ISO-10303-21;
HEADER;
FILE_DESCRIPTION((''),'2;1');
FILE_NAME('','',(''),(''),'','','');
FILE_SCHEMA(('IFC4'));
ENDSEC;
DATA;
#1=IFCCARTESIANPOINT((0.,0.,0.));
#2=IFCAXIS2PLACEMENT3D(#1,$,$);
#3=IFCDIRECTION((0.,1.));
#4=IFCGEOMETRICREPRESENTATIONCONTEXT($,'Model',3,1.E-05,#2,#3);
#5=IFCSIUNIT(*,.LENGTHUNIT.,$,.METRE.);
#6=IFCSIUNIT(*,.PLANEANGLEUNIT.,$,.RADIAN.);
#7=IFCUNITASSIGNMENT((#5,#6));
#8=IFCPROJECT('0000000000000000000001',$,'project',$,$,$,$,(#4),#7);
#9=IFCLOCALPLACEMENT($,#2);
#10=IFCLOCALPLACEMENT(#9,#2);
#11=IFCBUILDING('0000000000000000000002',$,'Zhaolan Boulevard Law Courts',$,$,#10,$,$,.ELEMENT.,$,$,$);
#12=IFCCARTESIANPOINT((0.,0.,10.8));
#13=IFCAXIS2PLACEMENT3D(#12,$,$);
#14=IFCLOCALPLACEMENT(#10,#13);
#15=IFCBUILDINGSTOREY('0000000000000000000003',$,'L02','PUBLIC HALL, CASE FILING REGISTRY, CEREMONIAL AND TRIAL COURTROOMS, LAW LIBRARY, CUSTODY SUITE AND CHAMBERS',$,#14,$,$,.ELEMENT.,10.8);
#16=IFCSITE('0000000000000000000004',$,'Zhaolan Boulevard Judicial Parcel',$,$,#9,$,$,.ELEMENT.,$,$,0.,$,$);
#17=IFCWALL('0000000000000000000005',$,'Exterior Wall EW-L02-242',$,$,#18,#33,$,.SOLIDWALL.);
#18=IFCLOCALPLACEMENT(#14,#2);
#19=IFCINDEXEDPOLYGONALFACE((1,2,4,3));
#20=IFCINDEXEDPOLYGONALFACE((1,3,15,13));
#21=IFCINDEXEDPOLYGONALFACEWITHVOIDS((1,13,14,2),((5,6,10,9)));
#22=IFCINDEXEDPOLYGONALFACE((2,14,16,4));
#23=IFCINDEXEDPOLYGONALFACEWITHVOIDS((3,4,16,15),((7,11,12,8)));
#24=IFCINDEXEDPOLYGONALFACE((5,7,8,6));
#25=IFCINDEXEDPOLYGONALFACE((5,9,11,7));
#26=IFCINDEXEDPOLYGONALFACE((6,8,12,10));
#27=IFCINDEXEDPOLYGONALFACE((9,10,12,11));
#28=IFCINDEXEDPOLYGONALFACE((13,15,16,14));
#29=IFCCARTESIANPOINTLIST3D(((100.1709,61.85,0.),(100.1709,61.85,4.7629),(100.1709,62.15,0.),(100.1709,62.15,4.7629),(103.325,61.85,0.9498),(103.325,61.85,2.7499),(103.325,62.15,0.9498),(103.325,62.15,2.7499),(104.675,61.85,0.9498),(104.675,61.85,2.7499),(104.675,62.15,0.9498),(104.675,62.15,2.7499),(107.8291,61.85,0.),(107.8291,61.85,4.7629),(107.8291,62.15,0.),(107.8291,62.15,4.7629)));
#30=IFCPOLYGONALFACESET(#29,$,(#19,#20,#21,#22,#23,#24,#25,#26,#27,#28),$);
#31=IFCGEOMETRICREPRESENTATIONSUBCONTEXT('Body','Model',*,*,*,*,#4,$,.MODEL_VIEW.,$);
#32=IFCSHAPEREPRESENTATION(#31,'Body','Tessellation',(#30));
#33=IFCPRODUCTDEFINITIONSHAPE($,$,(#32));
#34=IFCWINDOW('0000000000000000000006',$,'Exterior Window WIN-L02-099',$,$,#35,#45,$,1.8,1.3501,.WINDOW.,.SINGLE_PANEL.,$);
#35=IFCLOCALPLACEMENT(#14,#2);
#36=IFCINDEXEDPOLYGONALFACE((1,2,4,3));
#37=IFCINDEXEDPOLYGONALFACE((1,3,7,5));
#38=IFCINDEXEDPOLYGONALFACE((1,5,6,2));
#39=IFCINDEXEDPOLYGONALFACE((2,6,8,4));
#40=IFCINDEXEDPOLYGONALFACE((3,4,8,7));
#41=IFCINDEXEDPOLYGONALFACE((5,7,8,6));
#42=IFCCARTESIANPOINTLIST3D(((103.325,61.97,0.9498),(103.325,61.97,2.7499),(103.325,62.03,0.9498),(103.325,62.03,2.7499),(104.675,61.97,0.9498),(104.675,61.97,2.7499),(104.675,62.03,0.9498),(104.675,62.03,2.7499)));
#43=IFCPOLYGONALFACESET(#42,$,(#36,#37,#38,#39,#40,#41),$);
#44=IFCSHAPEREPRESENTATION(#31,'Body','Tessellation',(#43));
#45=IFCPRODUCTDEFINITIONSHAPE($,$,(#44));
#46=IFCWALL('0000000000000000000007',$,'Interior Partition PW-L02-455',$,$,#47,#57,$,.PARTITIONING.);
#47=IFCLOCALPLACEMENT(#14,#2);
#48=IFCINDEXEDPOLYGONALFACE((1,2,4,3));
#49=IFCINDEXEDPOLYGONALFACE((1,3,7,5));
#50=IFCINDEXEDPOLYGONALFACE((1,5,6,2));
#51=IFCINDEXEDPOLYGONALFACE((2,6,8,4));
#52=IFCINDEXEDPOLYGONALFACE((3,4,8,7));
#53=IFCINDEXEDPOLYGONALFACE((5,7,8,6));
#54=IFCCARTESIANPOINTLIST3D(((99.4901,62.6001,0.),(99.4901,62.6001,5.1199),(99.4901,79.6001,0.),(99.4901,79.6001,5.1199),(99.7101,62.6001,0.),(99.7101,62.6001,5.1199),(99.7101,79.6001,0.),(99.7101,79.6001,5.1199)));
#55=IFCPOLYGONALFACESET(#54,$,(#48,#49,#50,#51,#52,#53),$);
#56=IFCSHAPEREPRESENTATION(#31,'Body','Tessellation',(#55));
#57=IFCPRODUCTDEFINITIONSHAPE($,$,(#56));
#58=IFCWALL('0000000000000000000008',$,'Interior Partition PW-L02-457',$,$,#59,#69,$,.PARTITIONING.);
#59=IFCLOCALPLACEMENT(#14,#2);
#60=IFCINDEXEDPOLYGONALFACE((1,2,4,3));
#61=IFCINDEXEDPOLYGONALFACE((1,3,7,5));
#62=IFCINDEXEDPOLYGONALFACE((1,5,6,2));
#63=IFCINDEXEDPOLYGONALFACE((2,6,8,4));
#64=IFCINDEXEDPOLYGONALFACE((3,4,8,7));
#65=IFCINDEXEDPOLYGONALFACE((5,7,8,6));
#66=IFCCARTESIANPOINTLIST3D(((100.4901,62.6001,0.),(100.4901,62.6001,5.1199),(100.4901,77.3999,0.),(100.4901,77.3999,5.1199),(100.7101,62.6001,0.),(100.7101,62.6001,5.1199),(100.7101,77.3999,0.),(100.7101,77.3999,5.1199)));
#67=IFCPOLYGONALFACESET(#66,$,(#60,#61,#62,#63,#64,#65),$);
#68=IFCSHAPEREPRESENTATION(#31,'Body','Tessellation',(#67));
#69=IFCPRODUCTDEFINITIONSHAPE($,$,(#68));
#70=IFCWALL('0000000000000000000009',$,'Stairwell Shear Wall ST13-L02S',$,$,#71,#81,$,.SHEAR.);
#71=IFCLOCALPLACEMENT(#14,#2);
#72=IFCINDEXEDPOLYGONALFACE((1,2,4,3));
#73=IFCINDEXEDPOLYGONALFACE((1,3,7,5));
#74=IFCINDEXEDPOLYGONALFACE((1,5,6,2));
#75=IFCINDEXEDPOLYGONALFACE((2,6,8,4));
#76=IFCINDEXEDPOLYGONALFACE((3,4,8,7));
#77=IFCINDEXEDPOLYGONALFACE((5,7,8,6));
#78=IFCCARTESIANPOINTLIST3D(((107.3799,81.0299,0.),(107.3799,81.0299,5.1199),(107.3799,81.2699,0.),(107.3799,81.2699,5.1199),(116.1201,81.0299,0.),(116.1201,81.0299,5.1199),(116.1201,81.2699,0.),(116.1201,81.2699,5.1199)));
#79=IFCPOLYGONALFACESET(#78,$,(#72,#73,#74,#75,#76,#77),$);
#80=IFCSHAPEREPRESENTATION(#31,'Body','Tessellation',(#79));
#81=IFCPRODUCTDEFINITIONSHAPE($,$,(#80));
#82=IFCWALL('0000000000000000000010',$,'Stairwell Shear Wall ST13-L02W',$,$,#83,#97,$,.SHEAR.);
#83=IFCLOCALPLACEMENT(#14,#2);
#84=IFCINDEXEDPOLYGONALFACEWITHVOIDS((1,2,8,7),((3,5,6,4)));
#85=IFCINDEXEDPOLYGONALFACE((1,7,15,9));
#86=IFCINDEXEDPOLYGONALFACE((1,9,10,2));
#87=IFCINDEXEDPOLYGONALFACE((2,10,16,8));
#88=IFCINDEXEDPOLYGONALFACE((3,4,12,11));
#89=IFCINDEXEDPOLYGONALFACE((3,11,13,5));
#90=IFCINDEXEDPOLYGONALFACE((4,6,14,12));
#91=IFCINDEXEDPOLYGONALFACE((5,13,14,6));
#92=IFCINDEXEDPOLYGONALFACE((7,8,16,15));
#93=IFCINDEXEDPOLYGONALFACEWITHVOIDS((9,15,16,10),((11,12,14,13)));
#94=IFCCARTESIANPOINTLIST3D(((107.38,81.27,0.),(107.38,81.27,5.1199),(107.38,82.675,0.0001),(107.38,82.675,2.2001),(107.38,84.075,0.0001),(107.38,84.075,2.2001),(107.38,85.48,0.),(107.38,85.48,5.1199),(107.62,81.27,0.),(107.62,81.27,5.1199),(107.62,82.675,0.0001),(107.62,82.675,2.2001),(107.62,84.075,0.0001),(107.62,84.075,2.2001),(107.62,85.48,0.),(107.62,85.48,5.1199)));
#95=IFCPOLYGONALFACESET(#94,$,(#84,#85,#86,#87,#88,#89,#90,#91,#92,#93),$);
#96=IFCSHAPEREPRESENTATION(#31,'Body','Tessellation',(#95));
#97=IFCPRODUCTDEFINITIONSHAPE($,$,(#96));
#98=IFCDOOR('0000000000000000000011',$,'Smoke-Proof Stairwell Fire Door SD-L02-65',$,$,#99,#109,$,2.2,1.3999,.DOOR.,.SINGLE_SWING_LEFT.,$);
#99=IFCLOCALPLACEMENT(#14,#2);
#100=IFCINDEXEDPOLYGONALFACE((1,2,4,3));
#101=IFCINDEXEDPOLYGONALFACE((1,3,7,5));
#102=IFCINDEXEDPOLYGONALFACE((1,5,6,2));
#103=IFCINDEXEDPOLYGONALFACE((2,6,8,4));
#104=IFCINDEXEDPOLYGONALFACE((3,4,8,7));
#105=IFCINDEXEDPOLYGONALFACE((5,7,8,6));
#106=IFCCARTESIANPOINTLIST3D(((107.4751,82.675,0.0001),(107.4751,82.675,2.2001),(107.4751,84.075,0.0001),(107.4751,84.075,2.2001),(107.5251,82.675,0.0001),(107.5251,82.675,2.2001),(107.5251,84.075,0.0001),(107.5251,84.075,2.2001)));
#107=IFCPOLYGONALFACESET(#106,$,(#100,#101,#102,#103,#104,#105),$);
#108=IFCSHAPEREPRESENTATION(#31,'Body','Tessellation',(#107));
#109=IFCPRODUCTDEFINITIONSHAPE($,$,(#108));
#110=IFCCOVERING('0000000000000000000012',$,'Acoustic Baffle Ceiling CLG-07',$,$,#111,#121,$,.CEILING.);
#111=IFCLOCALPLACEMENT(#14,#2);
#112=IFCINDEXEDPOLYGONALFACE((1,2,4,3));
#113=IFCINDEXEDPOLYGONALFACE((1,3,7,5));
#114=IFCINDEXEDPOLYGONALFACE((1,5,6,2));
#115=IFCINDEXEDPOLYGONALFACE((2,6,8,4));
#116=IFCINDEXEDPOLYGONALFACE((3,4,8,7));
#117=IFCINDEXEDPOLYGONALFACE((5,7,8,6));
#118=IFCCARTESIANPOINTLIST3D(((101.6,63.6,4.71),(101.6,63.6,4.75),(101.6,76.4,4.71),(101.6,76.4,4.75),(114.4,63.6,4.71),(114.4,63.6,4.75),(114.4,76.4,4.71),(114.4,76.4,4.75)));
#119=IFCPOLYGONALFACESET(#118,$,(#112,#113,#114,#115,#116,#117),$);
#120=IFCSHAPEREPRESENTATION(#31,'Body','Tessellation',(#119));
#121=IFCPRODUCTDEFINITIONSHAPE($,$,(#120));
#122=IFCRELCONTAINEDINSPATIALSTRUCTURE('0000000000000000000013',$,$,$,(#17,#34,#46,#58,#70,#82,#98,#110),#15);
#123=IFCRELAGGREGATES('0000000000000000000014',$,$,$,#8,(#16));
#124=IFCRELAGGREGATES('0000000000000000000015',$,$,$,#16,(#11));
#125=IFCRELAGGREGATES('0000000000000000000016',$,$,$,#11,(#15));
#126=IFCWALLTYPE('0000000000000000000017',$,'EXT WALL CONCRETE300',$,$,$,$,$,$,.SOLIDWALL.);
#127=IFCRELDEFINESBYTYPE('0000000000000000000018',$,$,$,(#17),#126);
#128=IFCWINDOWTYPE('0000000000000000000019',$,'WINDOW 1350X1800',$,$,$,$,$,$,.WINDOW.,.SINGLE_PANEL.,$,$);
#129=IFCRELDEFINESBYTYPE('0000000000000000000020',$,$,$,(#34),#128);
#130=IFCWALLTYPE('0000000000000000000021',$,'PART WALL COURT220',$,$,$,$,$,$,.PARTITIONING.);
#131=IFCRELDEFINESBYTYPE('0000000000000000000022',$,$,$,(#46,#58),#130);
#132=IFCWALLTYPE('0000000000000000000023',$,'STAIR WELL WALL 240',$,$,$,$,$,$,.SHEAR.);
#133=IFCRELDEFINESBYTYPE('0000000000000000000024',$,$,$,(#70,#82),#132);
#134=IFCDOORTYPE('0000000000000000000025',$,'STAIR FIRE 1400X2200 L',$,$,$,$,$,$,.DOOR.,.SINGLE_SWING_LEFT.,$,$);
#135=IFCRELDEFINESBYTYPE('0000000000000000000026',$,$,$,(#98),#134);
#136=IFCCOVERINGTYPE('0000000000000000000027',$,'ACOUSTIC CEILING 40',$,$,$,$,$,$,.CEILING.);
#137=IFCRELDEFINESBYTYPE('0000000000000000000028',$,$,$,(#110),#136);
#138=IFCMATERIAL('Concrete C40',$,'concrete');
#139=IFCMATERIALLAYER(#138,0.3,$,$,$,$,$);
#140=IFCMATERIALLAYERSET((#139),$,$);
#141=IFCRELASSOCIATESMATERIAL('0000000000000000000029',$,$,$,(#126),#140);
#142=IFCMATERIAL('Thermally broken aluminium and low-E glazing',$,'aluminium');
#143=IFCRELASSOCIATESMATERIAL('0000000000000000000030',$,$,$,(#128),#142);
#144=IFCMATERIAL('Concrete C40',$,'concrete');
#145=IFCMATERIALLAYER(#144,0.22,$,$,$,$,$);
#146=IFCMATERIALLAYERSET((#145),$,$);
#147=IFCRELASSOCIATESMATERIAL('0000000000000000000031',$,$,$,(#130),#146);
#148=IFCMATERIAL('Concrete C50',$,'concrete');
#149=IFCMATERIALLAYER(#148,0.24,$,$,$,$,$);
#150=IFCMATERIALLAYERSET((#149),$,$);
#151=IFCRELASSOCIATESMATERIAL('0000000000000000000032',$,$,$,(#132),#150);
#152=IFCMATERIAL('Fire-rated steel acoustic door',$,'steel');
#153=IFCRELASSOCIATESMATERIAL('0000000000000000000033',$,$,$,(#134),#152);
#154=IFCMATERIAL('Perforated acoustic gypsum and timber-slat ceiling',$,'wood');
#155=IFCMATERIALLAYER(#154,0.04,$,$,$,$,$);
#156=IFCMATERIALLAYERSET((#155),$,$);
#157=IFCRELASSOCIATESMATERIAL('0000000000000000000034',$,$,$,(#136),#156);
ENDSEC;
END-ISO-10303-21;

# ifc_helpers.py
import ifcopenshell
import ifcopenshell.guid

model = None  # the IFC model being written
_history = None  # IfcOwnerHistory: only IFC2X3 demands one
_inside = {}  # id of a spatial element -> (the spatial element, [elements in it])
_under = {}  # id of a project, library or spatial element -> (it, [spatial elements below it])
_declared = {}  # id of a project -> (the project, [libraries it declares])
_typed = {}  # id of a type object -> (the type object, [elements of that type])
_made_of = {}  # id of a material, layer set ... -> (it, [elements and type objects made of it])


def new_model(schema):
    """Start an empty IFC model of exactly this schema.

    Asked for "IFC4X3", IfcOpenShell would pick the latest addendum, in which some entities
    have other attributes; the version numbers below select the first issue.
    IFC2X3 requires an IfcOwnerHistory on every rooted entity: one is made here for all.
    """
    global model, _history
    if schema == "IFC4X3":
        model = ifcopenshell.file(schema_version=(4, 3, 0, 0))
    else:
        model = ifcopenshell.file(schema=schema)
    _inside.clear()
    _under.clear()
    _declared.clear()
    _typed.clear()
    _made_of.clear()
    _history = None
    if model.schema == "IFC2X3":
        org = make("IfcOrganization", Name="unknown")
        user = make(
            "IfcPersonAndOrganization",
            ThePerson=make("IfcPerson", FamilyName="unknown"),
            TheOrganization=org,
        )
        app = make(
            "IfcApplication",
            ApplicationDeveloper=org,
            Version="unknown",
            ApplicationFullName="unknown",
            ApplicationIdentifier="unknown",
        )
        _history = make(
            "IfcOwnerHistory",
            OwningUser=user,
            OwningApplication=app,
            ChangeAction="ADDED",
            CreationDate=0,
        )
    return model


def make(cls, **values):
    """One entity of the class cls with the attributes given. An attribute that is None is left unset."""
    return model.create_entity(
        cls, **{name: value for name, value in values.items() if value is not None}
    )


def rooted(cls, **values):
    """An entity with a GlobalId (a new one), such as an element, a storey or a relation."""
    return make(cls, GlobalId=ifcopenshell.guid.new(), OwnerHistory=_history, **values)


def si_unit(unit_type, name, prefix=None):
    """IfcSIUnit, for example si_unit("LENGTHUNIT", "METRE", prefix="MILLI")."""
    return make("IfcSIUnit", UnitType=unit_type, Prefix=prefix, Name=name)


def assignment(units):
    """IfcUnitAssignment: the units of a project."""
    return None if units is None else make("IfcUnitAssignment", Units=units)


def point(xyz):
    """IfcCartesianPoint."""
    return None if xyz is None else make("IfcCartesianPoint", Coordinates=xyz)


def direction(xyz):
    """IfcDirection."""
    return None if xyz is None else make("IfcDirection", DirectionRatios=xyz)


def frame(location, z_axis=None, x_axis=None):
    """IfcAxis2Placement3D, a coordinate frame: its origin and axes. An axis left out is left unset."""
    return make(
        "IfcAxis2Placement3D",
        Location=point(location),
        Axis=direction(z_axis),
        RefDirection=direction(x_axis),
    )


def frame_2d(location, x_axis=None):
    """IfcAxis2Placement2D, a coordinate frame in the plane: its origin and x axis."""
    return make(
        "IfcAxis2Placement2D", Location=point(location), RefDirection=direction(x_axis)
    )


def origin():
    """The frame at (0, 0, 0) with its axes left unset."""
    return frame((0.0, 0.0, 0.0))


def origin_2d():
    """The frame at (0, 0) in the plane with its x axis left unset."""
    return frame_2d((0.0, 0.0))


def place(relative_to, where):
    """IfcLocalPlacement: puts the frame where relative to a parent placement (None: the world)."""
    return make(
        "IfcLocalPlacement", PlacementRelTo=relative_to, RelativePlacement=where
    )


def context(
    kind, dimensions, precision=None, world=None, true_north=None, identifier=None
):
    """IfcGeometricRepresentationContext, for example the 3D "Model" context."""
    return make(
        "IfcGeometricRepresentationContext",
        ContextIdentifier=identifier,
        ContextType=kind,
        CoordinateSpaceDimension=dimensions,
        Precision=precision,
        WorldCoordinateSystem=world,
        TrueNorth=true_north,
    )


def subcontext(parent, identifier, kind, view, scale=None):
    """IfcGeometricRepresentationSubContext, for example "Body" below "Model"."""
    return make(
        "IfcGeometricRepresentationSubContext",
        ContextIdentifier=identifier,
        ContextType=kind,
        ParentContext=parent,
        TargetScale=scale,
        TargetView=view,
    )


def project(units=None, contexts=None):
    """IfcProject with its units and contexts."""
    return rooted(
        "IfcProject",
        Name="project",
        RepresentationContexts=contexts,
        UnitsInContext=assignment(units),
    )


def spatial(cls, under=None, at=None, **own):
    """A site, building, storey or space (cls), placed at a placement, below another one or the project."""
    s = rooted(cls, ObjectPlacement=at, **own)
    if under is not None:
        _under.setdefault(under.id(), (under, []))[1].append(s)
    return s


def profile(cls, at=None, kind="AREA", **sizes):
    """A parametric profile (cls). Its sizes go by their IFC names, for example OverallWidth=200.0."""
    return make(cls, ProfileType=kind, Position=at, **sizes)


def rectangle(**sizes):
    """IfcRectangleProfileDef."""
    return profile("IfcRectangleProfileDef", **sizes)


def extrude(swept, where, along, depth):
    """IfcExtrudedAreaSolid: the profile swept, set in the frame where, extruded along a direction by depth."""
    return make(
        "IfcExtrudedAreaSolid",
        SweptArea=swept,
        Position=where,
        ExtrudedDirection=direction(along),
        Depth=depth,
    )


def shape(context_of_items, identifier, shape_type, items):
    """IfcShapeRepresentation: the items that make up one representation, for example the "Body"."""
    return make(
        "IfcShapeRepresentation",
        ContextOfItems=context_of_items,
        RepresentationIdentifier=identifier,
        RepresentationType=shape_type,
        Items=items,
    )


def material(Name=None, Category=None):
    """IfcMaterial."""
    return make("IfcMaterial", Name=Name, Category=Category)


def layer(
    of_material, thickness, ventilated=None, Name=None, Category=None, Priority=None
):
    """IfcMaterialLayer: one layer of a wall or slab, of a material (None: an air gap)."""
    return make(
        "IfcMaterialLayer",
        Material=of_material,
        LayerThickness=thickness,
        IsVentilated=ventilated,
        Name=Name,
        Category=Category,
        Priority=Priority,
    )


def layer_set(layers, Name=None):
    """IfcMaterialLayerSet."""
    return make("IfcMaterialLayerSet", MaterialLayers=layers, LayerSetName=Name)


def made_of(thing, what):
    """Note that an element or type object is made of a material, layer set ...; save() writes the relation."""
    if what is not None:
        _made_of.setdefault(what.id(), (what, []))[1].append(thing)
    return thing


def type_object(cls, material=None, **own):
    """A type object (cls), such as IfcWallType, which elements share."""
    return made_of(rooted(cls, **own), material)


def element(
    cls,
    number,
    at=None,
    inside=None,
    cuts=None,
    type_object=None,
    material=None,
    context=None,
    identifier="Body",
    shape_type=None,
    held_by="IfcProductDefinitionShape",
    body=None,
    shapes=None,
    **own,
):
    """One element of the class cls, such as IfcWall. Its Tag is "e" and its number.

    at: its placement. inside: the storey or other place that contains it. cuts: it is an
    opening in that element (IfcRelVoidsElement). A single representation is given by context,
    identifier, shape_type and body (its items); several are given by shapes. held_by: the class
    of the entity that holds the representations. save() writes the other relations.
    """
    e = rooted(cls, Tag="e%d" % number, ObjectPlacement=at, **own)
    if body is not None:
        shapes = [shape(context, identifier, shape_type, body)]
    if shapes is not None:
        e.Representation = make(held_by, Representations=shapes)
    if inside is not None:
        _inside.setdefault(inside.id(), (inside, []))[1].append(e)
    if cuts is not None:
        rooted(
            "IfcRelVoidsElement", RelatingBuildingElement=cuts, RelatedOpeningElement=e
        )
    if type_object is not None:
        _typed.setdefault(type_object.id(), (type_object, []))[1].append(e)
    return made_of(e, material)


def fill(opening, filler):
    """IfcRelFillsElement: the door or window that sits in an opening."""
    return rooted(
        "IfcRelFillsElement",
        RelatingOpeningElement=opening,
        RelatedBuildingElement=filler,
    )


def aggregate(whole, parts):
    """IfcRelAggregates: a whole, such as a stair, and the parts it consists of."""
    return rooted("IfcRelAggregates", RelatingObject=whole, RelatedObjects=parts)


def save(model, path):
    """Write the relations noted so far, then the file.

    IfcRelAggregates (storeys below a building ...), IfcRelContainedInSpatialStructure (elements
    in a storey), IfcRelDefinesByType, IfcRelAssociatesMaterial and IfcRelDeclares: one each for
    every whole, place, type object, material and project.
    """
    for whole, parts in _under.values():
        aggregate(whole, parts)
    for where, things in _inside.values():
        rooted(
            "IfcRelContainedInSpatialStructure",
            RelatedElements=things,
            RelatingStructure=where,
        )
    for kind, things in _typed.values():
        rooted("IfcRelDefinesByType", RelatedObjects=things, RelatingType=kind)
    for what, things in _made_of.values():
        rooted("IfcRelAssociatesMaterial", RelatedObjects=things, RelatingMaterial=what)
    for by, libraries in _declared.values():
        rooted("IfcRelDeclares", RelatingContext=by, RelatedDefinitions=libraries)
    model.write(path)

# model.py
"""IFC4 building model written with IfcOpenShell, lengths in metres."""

from ifc_helpers import new_model, si_unit, direction, frame, frame_2d, origin, origin_2d, place, context, subcontext, project, spatial, rectangle, extrude, material, layer, layer_set, type_object, element, fill, save


model = new_model("IFC4")

# Units and contexts
model_context = context("Model", 3, precision=1e-05, world=origin(), true_north=direction((0.0, 1.0)))
body_context = subcontext(model_context, "Body", "Model", "MODEL_VIEW")
ifc_project = project(units=[si_unit("LENGTHUNIT", "METRE"), si_unit("PLANEANGLEUNIT", "RADIAN")], contexts=[model_context])

# Site, building, storey
site_placement = place(None, origin())
site = spatial("IfcSite", under=ifc_project, at=site_placement, Name="Zhaolan Boulevard Judicial Parcel", CompositionType="ELEMENT", RefElevation=0.0)
building_placement = place(site_placement, origin())
building = spatial("IfcBuilding", under=site, at=building_placement, Name="Zhaolan Boulevard Law Courts", CompositionType="ELEMENT")
storey_placement = place(building_placement, frame((0.0, 0.0, 10.8)))
storey = spatial("IfcBuildingStorey", under=building, at=storey_placement, Name="L02", Description="PUBLIC HALL, CASE FILING REGISTRY, CEREMONIAL AND TRIAL COURTROOMS, LAW LIBRARY, CUSTODY SUITE AND CHAMBERS", CompositionType="ELEMENT", Elevation=10.8)

# Wall, opening, window
ifc_material_1 = material(Name="Concrete C40", Category="concrete")
ifc_layer_1 = layer(ifc_material_1, 0.3)
ifc_layer_set_1 = layer_set([ifc_layer_1])
wall_type_1 = type_object("IfcWallType", Name="EXT WALL CONCRETE300", PredefinedType="SOLIDWALL", material=ifc_layer_set_1)
wall_1_placement = place(storey_placement, frame((100.1709, 62.0, 0.0), z_axis=(0.0, 0.0, 1.0), x_axis=(1.0, 0.0, 0.0)))
wall_1 = element("IfcWall", 1, at=wall_1_placement, inside=storey, type_object=wall_type_1, Name="Exterior Wall EW-L02-242", PredefinedType="SOLIDWALL", context=body_context, shape_type="SweptSolid", body=[
    extrude(rectangle(XDim=7.6582, YDim=0.3, at=frame_2d((3.8291, 0.0))), origin(), (0.0, 0.0, 1.0), 4.7629),
])
opening_1_placement = place(wall_1_placement, frame((3.1541, 0.0, 0.95)))
opening_1 = element("IfcOpeningElement", 2, at=opening_1_placement, cuts=wall_1, PredefinedType="OPENING", context=body_context, shape_type="SweptSolid", body=[
    extrude(rectangle(XDim=1.3501, YDim=1.8, at=frame_2d((0.675, 0.8999))), frame((0.0, 0.1599, 0.0), z_axis=(0.0, -1.0, 0.0), x_axis=(1.0, 0.0, 0.0)), (0.0, 0.0, 1.0), 0.3201),
])
ifc_material_2 = material(Name="Thermally broken aluminium and low-E glazing", Category="aluminium")
window_type_1 = type_object("IfcWindowType", Name="WINDOW 1350X1800", PartitioningType="SINGLE_PANEL", PredefinedType="WINDOW", material=ifc_material_2)
window_1_placement = place(opening_1_placement, origin())
window_1 = element("IfcWindow", 3, at=window_1_placement, inside=storey, type_object=window_type_1, Name="Exterior Window WIN-L02-099", OverallHeight=1.8, OverallWidth=1.3501, PartitioningType="SINGLE_PANEL", PredefinedType="WINDOW", context=body_context, shape_type="SweptSolid", body=[
    extrude(rectangle(XDim=1.3501, YDim=1.8, at=frame_2d((0.675, 0.8999))), frame((0.0, 0.03, 0.0), z_axis=(0.0, -1.0, 0.0), x_axis=(1.0, 0.0, 0.0)), (0.0, 0.0, 1.0), 0.0601),
])
fill(opening_1, window_1)

# Shared definitions
ifc_material_3 = material(Name="Concrete C40", Category="concrete")
ifc_layer_2 = layer(ifc_material_3, 0.22)
ifc_layer_set_2 = layer_set([ifc_layer_2])
wall_type_2 = type_object("IfcWallType", Name="PART WALL COURT220", PredefinedType="PARTITIONING", material=ifc_layer_set_2)

# Walls
wall_2_placement = place(storey_placement, frame((99.6001, 62.6001, 0.0), z_axis=(0.0, 0.0, 1.0), x_axis=(0.0, 1.0, 0.0)))
element("IfcWall", 4, at=wall_2_placement, inside=storey, type_object=wall_type_2, Name="Interior Partition PW-L02-455", PredefinedType="PARTITIONING", context=body_context, shape_type="SweptSolid", body=[
    extrude(rectangle(XDim=17.0, YDim=0.22, at=frame_2d((8.5, 0.0))), origin(), (0.0, 0.0, 1.0), 5.1199),
])
wall_3_placement = place(storey_placement, frame((100.6001, 77.3999, 0.0), z_axis=(0.0, 0.0, 1.0), x_axis=(0.0, -1.0, 0.0)))
element("IfcWall", 5, at=wall_3_placement, inside=storey, type_object=wall_type_2, Name="Interior Partition PW-L02-457", PredefinedType="PARTITIONING", context=body_context, shape_type="SweptSolid", body=[
    extrude(rectangle(XDim=14.7998, YDim=0.22, at=frame_2d((7.3999, 0.0))), origin(), (0.0, 0.0, 1.0), 5.1199),
])
ifc_material_4 = material(Name="Concrete C50", Category="concrete")
ifc_layer_3 = layer(ifc_material_4, 0.24)
ifc_layer_set_3 = layer_set([ifc_layer_3])
wall_type_3 = type_object("IfcWallType", Name="STAIR WELL WALL 240", PredefinedType="SHEAR", material=ifc_layer_set_3)
wall_4_placement = place(storey_placement, frame((107.3799, 81.1499, 0.0), z_axis=(0.0, 0.0, 1.0), x_axis=(1.0, 0.0, 0.0)))
element("IfcWall", 6, at=wall_4_placement, inside=storey, type_object=wall_type_3, Name="Stairwell Shear Wall ST13-L02S", PredefinedType="SHEAR", context=body_context, shape_type="SweptSolid", body=[
    extrude(rectangle(XDim=8.7402, YDim=0.24, at=frame_2d((4.3701, 0.0))), origin(), (0.0, 0.0, 1.0), 5.1199),
])

# Wall, opening, door
wall_5_placement = place(storey_placement, frame((107.5, 81.27, 0.0), z_axis=(0.0, 0.0, 1.0), x_axis=(0.0, 1.0, 0.0)))
wall_5 = element("IfcWall", 7, at=wall_5_placement, inside=storey, type_object=wall_type_3, Name="Stairwell Shear Wall ST13-L02W", PredefinedType="SHEAR", context=body_context, shape_type="SweptSolid", body=[
    extrude(rectangle(XDim=4.21, YDim=0.24, at=frame_2d((2.105, 0.0))), origin(), (0.0, 0.0, 1.0), 5.1199),
])
opening_2_placement = place(wall_5_placement, frame((1.405, 0.0, 0.0)))
opening_2 = element("IfcOpeningElement", 8, at=opening_2_placement, cuts=wall_5, PredefinedType="OPENING", context=body_context, shape_type="SweptSolid", body=[
    extrude(rectangle(XDim=1.3999, YDim=2.2, at=frame_2d((0.7, 1.1001))), frame((0.0, 0.1299, 0.0), z_axis=(0.0, -1.0, 0.0), x_axis=(1.0, 0.0, 0.0)), (0.0, 0.0, 1.0), 0.26),
])
ifc_material_5 = material(Name="Fire-rated steel acoustic door", Category="steel")
door_type_1 = type_object("IfcDoorType", Name="STAIR FIRE 1400X2200 L", OperationType="SINGLE_SWING_LEFT", PredefinedType="DOOR", material=ifc_material_5)
door_1_placement = place(opening_2_placement, origin())
door_1 = element("IfcDoor", 9, at=door_1_placement, inside=storey, type_object=door_type_1, Name="Smoke-Proof Stairwell Fire Door SD-L02-65", OperationType="SINGLE_SWING_LEFT", OverallHeight=2.2, OverallWidth=1.3999, PredefinedType="DOOR", context=body_context, shape_type="SweptSolid", body=[
    extrude(rectangle(XDim=1.3999, YDim=2.2, at=frame_2d((0.7, 1.1001))), frame((0.0, 0.0249, 0.0), z_axis=(0.0, -1.0, 0.0), x_axis=(1.0, 0.0, 0.0)), (0.0, 0.0, 1.0), 0.05),
])
fill(opening_2, door_1)

# Covering
ifc_material_6 = material(Name="Perforated acoustic gypsum and timber-slat ceiling", Category="wood")
ifc_layer_4 = layer(ifc_material_6, 0.04)
ifc_layer_set_4 = layer_set([ifc_layer_4])
covering_type = type_object("IfcCoveringType", Name="ACOUSTIC CEILING 40", PredefinedType="CEILING", material=ifc_layer_set_4)
covering_placement = place(storey_placement, frame((108.0, 70.0, 4.71), z_axis=(0.0, 0.0, 1.0), x_axis=(1.0, 0.0, 0.0)))
element("IfcCovering", 10, at=covering_placement, inside=storey, type_object=covering_type, Name="Acoustic Baffle Ceiling CLG-07", PredefinedType="CEILING", context=body_context, shape_type="SweptSolid", body=[
    extrude(rectangle(XDim=12.8, YDim=12.8, at=origin_2d()), origin(), (0.0, 0.0, 1.0), 0.04),
])

save(model, "model.ifc")
